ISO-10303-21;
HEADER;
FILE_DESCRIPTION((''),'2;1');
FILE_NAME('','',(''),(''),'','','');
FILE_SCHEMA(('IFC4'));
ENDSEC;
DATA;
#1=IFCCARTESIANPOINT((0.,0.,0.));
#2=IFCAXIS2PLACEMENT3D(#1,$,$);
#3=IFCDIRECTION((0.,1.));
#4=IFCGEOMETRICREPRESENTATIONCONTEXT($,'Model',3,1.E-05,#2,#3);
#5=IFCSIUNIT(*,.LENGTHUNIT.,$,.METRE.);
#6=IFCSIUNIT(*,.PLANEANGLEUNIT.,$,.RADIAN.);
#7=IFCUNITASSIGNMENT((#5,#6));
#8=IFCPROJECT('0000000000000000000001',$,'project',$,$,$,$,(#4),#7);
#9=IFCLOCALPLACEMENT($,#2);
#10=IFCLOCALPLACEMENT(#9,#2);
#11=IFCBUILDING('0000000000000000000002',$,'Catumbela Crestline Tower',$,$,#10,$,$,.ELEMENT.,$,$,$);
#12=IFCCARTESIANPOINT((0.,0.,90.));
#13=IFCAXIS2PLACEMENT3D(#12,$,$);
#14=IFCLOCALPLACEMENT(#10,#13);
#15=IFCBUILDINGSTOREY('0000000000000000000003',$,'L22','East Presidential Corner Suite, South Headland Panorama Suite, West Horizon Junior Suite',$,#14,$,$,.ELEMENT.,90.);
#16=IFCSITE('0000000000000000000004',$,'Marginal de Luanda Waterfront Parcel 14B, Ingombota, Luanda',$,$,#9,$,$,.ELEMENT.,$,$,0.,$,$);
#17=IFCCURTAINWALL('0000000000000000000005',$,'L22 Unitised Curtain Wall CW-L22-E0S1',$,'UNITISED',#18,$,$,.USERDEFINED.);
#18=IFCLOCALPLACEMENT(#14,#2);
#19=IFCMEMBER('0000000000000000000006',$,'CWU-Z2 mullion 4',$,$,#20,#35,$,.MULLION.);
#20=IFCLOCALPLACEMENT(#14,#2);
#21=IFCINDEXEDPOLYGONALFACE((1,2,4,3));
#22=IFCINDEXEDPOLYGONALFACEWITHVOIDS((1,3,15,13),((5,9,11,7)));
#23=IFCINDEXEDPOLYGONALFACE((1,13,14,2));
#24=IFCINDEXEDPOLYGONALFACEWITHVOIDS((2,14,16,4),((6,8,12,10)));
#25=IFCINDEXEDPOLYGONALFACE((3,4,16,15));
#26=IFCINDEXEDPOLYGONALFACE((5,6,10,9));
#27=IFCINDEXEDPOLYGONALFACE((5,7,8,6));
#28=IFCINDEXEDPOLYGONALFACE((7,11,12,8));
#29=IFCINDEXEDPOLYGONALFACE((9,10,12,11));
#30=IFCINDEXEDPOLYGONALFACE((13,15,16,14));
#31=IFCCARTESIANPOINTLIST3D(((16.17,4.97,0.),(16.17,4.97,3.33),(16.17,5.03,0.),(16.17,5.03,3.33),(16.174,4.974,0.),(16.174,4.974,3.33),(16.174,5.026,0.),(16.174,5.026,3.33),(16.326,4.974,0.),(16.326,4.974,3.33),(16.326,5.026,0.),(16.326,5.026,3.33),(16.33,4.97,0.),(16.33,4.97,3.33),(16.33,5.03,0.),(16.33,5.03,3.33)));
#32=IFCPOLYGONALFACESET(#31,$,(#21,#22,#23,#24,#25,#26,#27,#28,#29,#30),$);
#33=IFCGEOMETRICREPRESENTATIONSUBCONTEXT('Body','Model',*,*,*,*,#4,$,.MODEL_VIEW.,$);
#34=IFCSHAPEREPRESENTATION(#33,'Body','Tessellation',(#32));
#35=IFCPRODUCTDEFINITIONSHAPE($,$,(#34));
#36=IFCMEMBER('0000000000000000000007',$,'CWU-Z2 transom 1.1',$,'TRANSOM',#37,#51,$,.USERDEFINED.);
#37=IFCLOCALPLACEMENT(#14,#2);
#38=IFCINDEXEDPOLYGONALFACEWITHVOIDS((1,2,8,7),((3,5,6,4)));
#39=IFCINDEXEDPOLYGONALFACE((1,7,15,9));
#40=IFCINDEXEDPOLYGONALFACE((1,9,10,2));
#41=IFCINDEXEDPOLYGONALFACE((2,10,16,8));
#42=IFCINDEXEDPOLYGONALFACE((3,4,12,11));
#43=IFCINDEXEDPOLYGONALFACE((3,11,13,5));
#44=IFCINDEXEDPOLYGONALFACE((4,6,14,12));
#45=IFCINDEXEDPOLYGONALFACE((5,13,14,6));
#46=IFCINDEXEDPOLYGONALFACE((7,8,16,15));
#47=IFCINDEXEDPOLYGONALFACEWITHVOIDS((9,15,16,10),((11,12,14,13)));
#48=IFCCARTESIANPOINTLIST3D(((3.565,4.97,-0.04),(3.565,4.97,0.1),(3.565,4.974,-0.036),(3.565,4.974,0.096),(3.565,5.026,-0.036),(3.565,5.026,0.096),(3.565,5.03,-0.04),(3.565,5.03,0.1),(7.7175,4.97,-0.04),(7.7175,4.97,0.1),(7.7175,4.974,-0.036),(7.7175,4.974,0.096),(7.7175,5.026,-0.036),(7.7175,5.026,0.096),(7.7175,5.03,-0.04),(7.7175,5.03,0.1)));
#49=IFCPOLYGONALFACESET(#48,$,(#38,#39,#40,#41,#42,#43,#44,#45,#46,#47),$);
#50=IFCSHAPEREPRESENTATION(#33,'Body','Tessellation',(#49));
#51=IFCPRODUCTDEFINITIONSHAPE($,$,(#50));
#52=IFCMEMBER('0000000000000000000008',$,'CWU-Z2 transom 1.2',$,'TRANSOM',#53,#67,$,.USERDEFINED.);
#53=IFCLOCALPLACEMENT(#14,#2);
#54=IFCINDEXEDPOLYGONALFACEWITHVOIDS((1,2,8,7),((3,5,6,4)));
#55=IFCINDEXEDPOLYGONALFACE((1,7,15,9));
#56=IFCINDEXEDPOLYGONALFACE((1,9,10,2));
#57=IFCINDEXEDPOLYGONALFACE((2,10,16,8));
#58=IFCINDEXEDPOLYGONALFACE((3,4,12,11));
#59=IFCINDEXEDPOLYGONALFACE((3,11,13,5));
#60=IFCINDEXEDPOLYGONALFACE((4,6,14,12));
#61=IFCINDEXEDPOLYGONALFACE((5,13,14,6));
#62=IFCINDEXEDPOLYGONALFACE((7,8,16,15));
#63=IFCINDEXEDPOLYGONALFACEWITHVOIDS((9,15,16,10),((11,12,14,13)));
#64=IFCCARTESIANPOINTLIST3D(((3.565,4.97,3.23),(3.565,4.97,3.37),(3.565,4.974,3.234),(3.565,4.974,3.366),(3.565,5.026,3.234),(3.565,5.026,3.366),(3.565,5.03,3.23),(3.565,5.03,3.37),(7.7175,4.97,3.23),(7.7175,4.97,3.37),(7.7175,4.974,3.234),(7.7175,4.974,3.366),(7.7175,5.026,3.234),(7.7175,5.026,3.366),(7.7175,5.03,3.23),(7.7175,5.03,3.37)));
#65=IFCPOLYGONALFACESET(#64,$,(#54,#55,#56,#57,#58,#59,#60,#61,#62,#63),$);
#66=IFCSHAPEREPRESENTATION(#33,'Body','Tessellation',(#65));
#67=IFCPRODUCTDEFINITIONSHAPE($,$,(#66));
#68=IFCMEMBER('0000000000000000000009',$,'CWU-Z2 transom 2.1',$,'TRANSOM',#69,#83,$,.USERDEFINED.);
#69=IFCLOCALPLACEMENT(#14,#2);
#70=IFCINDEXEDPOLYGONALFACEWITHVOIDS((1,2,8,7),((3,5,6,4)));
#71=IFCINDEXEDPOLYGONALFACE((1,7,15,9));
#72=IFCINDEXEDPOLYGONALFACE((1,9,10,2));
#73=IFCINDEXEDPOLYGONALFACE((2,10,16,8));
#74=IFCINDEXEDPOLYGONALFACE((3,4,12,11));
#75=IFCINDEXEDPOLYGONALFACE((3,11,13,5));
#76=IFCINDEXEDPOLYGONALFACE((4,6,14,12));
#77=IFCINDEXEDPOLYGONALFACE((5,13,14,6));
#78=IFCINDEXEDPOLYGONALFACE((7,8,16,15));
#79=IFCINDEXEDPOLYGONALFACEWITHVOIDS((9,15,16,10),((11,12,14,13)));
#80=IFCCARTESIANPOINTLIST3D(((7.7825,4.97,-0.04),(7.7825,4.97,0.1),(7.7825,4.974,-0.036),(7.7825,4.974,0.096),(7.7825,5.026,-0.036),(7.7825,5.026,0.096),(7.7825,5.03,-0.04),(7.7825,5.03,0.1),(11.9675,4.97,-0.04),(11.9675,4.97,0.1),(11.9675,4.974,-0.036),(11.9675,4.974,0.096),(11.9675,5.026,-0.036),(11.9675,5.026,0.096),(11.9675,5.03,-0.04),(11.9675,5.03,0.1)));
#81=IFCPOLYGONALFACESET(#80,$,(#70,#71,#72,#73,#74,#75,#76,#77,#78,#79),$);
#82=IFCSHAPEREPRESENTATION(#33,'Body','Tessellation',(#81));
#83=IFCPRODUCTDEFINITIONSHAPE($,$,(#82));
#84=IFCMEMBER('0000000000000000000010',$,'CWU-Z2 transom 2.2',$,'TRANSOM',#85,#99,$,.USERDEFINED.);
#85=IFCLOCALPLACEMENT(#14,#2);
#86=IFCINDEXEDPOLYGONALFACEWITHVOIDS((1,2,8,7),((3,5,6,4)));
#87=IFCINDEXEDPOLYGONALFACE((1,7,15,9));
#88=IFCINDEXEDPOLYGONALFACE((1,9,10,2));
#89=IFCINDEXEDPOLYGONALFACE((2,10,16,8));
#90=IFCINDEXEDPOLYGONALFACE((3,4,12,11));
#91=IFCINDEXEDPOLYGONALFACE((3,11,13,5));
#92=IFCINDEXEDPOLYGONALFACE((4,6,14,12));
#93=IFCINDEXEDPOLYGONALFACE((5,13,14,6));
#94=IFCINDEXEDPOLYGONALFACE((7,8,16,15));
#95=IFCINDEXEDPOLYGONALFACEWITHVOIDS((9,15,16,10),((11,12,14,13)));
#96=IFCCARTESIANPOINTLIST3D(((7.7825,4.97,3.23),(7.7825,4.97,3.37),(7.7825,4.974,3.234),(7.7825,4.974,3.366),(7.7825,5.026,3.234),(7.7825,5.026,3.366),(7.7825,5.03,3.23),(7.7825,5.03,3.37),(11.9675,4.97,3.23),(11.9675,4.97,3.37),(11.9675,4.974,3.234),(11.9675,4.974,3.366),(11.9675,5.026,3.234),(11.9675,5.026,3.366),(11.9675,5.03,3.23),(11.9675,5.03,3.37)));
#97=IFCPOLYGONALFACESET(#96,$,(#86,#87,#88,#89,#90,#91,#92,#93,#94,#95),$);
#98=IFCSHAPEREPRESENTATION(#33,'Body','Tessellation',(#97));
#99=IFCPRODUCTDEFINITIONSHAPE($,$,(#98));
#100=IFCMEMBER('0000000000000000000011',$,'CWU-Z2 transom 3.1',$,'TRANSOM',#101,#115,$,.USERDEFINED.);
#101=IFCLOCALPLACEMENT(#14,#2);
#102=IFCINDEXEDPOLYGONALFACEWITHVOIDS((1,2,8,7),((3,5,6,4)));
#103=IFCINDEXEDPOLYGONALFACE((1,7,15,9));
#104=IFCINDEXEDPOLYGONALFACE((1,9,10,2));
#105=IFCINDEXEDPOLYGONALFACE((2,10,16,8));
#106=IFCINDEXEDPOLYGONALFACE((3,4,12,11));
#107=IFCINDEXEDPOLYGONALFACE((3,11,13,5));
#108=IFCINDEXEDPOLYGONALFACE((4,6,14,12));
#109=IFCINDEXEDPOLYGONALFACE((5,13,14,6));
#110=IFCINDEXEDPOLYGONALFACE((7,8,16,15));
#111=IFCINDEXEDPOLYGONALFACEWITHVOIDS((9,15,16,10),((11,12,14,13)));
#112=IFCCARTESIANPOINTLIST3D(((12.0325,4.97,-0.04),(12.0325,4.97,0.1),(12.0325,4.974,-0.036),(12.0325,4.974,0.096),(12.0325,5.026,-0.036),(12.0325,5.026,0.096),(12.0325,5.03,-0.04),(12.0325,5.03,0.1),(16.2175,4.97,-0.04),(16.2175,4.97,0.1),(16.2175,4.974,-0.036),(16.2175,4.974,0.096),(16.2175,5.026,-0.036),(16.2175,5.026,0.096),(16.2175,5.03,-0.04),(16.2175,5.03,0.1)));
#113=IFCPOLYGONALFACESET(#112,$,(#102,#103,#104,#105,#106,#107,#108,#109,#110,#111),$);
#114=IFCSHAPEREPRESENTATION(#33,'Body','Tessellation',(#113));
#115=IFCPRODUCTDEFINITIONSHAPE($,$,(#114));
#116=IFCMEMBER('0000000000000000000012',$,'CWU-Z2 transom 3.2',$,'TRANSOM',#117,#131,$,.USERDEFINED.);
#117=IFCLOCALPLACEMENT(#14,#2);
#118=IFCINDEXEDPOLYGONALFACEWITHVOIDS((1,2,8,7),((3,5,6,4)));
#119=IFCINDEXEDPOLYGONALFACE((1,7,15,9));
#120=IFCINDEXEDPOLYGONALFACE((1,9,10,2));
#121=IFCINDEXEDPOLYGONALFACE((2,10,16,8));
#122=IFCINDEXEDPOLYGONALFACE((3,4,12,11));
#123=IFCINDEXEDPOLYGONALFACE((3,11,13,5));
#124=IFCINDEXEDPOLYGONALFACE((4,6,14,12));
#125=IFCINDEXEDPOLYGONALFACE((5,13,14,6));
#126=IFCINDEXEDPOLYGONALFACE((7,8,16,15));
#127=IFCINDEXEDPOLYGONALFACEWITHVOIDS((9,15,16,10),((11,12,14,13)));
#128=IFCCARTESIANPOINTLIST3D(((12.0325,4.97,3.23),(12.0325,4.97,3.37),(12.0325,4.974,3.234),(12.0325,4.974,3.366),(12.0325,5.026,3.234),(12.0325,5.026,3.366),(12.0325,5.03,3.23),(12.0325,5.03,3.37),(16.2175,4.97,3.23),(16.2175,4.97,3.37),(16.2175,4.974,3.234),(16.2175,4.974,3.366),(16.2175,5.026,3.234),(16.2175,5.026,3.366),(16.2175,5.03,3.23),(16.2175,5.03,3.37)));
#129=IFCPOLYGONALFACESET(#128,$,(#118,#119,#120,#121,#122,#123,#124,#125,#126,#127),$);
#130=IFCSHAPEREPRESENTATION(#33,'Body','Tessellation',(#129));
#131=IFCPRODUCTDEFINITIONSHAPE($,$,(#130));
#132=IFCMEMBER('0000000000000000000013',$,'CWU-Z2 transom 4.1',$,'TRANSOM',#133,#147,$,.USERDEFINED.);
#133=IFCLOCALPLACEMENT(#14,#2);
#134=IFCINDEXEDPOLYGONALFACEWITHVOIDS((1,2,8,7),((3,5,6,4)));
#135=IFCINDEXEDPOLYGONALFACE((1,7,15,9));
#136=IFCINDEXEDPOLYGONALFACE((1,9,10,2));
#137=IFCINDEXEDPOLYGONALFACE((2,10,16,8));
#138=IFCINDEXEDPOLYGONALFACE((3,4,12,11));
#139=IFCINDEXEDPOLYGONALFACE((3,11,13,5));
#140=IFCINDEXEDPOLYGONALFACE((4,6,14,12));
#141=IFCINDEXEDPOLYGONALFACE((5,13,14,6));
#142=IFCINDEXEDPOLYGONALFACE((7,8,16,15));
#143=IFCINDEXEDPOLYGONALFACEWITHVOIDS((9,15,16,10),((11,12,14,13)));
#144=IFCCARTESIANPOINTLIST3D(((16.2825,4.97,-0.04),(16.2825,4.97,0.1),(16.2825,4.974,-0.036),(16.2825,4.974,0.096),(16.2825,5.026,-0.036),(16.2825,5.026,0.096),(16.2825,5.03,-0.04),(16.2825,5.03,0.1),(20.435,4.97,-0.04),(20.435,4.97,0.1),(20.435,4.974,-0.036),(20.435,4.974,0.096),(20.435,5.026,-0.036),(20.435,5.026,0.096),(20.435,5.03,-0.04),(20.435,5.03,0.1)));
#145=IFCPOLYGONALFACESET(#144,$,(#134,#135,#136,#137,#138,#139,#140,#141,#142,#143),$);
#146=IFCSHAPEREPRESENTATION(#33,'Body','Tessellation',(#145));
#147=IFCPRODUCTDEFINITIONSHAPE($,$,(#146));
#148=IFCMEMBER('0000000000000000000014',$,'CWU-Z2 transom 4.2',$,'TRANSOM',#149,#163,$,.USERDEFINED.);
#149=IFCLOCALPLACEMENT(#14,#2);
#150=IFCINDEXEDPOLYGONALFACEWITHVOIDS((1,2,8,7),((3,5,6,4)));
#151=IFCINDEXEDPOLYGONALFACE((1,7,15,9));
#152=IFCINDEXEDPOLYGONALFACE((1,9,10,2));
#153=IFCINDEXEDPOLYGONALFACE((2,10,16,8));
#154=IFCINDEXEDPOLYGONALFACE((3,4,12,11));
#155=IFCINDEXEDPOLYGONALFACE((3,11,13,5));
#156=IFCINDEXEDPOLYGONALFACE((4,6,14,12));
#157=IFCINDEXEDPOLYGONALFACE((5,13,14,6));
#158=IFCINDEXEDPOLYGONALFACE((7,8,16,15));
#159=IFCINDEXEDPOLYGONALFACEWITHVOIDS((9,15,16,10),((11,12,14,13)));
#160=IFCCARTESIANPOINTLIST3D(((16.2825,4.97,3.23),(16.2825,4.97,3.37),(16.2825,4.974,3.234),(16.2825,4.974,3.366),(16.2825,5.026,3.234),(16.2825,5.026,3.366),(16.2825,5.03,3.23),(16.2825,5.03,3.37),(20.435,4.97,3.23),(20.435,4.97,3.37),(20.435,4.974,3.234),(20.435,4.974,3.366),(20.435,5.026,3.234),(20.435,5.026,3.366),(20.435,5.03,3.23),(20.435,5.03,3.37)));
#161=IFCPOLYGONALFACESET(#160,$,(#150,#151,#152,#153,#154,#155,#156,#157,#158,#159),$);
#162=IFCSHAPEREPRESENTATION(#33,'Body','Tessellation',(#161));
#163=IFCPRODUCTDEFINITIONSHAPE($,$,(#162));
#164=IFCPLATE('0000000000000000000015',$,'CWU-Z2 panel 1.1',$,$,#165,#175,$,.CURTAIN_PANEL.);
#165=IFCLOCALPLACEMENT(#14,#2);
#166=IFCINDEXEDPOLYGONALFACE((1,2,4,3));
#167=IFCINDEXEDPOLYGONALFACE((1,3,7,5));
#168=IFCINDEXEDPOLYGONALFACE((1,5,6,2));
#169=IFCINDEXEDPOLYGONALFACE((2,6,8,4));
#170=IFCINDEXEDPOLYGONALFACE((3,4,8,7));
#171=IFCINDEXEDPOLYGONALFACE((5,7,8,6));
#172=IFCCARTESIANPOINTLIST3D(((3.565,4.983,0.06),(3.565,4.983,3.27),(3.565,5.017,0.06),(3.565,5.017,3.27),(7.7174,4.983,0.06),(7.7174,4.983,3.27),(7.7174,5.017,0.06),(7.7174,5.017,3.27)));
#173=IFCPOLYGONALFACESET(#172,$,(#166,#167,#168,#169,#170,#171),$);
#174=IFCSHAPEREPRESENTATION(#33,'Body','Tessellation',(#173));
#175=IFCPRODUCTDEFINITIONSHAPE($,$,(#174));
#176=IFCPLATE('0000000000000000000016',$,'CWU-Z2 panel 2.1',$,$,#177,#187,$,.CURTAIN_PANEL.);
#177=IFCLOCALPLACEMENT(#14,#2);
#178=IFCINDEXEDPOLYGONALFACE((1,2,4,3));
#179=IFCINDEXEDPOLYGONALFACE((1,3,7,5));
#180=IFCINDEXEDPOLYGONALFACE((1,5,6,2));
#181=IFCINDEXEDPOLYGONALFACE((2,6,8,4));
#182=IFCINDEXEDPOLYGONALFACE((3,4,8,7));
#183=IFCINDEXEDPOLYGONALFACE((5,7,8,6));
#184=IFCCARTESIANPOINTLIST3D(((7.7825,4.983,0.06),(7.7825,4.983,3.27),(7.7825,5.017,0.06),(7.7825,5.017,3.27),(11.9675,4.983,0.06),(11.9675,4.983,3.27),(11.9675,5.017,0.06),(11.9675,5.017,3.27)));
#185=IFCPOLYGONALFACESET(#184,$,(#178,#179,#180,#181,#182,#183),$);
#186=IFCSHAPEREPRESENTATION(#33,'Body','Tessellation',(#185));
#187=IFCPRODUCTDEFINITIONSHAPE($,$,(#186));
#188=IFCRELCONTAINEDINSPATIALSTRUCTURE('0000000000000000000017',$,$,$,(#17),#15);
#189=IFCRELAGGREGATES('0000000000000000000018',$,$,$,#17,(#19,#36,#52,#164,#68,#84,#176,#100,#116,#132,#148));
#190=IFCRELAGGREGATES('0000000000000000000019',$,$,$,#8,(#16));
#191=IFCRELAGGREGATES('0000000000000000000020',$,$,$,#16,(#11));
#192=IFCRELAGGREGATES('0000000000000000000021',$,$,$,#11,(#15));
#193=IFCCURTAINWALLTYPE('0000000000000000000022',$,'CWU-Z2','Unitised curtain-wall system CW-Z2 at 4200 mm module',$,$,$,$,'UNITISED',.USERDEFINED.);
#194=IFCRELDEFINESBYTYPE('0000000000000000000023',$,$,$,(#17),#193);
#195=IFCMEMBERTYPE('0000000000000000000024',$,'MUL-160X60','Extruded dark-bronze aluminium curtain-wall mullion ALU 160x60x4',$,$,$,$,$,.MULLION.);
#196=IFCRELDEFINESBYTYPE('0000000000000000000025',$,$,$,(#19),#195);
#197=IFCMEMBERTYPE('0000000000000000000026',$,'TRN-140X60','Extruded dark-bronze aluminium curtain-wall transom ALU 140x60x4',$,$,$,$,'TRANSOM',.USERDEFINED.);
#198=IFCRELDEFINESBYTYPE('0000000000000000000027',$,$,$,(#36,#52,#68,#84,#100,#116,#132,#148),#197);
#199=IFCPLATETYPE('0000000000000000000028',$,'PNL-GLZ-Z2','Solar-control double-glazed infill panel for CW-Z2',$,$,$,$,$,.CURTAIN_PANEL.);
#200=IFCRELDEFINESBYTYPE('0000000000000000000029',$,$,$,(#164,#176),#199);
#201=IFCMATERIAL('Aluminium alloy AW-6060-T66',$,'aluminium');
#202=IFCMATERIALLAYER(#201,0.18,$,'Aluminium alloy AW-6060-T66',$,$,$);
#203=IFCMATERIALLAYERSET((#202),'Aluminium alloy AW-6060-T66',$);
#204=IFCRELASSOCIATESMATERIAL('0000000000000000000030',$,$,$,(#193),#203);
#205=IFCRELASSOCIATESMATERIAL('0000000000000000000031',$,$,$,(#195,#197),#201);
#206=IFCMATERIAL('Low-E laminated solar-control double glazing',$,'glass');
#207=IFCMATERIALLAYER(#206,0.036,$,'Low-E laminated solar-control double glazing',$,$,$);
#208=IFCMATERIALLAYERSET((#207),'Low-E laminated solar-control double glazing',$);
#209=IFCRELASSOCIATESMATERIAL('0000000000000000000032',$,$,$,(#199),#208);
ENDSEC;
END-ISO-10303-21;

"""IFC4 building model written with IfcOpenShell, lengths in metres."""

from ifc_helpers import new_model, si_unit, direction, frame, origin, origin_2d, place, context, subcontext, project, spatial, rectangle, hollow_rectangle, extrude, material, layer, layer_set, material_profile, profile_set, type_object, element, aggregate, save


model = new_model("IFC4")

# Units and contexts
model_context = context("Model", 3, precision=1e-05, world=origin(), true_north=direction((0.0, 1.0)))
body_context = subcontext(model_context, "Body", "Model", "MODEL_VIEW")
ifc_project = project(units=[si_unit("LENGTHUNIT", "METRE"), si_unit("PLANEANGLEUNIT", "RADIAN")], contexts=[model_context])

# Site, building, storey
site_placement = place(None, origin())
site = spatial("IfcSite", under=ifc_project, at=site_placement, Name="Marginal de Luanda Waterfront Parcel 14B, Ingombota, Luanda", CompositionType="ELEMENT", RefElevation=0.0)
building_placement = place(site_placement, origin())
building = spatial("IfcBuilding", under=site, at=building_placement, Name="Catumbela Crestline Tower", CompositionType="ELEMENT")
storey_placement = place(building_placement, frame((0.0, 0.0, 90.0)))
storey = spatial("IfcBuildingStorey", under=building, at=storey_placement, Name="L22", Description="East Presidential Corner Suite, South Headland Panorama Suite, West Horizon Junior Suite", CompositionType="ELEMENT", Elevation=90.0)

# Curtain wall, members, plates
ifc_material_1 = material(Name="Aluminium alloy AW-6060-T66", Category="aluminium")
ifc_layer_1 = layer(ifc_material_1, 0.18, Name="Aluminium alloy AW-6060-T66")
ifc_layer_set_1 = layer_set([ifc_layer_1], Name="Aluminium alloy AW-6060-T66")
curtain_wall_type = type_object("IfcCurtainWallType", Name="CWU-Z2", Description="Unitised curtain-wall system CW-Z2 at 4200 mm module", ElementType="UNITISED", PredefinedType="USERDEFINED", material=ifc_layer_set_1)
curtain_wall_placement = place(storey_placement, origin())
curtain_wall = element("IfcCurtainWall", 1, at=curtain_wall_placement, inside=storey, type_object=curtain_wall_type, Name="L22 Unitised Curtain Wall CW-L22-E0S1", ObjectType="UNITISED", PredefinedType="USERDEFINED")
ifc_material_profile_1 = material_profile(ifc_material_1, hollow_rectangle(XDim=0.06, YDim=0.16, WallThickness=0.004, at=origin_2d()), Name="ALU 160x60x4")
ifc_profile_set_1 = profile_set([ifc_material_profile_1], Name="Aluminium alloy AW-6060-T66")
member_type_1 = type_object("IfcMemberType", Name="MUL-160X60", Description="Extruded dark-bronze aluminium curtain-wall mullion ALU 160x60x4", PredefinedType="MULLION", material=ifc_profile_set_1)
member_1_placement = place(storey_placement, frame((16.25, 5.0, 0.0), z_axis=(0.0, 0.0, 1.0), x_axis=(0.0, 1.0, 0.0)))
member_1 = element("IfcMember", 2, at=member_1_placement, type_object=member_type_1, Name="CWU-Z2 mullion 4", PredefinedType="MULLION", context=body_context, shape_type="SweptSolid", body=[
    extrude(hollow_rectangle(XDim=0.06, YDim=0.16, WallThickness=0.004, at=origin_2d()), origin(), (0.0, 0.0, 1.0), 3.33),
])
ifc_material_profile_2 = material_profile(ifc_material_1, hollow_rectangle(XDim=0.06, YDim=0.14, WallThickness=0.004, at=origin_2d()), Name="ALU 140x60x4")
ifc_profile_set_2 = profile_set([ifc_material_profile_2], Name="Aluminium alloy AW-6060-T66")
member_type_2 = type_object("IfcMemberType", Name="TRN-140X60", Description="Extruded dark-bronze aluminium curtain-wall transom ALU 140x60x4", ElementType="TRANSOM", PredefinedType="USERDEFINED", material=ifc_profile_set_2)
member_2_placement = place(storey_placement, frame((3.565, 5.0, 0.03), z_axis=(1.0, 0.0, 0.0), x_axis=(0.0, 1.0, 0.0)))
member_2 = element("IfcMember", 3, at=member_2_placement, type_object=member_type_2, Name="CWU-Z2 transom 1.1", ObjectType="TRANSOM", PredefinedType="USERDEFINED", context=body_context, shape_type="SweptSolid", body=[
    extrude(hollow_rectangle(XDim=0.06, YDim=0.14, WallThickness=0.004, at=origin_2d()), origin(), (0.0, 0.0, 1.0), 4.1525),
])
member_3_placement = place(storey_placement, frame((3.565, 5.0, 3.3), z_axis=(1.0, 0.0, 0.0), x_axis=(0.0, 1.0, 0.0)))
member_3 = element("IfcMember", 4, at=member_3_placement, type_object=member_type_2, Name="CWU-Z2 transom 1.2", ObjectType="TRANSOM", PredefinedType="USERDEFINED", context=body_context, shape_type="SweptSolid", body=[
    extrude(hollow_rectangle(XDim=0.06, YDim=0.14, WallThickness=0.004, at=origin_2d()), origin(), (0.0, 0.0, 1.0), 4.1525),
])
member_4_placement = place(storey_placement, frame((7.7825, 5.0, 0.03), z_axis=(1.0, 0.0, 0.0), x_axis=(0.0, 1.0, 0.0)))
member_4 = element("IfcMember", 5, at=member_4_placement, type_object=member_type_2, Name="CWU-Z2 transom 2.1", ObjectType="TRANSOM", PredefinedType="USERDEFINED", context=body_context, shape_type="SweptSolid", body=[
    extrude(hollow_rectangle(XDim=0.06, YDim=0.14, WallThickness=0.004, at=origin_2d()), origin(), (0.0, 0.0, 1.0), 4.185),
])
member_5_placement = place(storey_placement, frame((7.7825, 5.0, 3.3), z_axis=(1.0, 0.0, 0.0), x_axis=(0.0, 1.0, 0.0)))
member_5 = element("IfcMember", 6, at=member_5_placement, type_object=member_type_2, Name="CWU-Z2 transom 2.2", ObjectType="TRANSOM", PredefinedType="USERDEFINED", context=body_context, shape_type="SweptSolid", body=[
    extrude(hollow_rectangle(XDim=0.06, YDim=0.14, WallThickness=0.004, at=origin_2d()), origin(), (0.0, 0.0, 1.0), 4.185),
])
member_6_placement = place(storey_placement, frame((12.0325, 5.0, 0.03), z_axis=(1.0, 0.0, 0.0), x_axis=(0.0, 1.0, 0.0)))
member_6 = element("IfcMember", 7, at=member_6_placement, type_object=member_type_2, Name="CWU-Z2 transom 3.1", ObjectType="TRANSOM", PredefinedType="USERDEFINED", context=body_context, shape_type="SweptSolid", body=[
    extrude(hollow_rectangle(XDim=0.06, YDim=0.14, WallThickness=0.004, at=origin_2d()), origin(), (0.0, 0.0, 1.0), 4.185),
])
member_7_placement = place(storey_placement, frame((12.0325, 5.0, 3.3), z_axis=(1.0, 0.0, 0.0), x_axis=(0.0, 1.0, 0.0)))
member_7 = element("IfcMember", 8, at=member_7_placement, type_object=member_type_2, Name="CWU-Z2 transom 3.2", ObjectType="TRANSOM", PredefinedType="USERDEFINED", context=body_context, shape_type="SweptSolid", body=[
    extrude(hollow_rectangle(XDim=0.06, YDim=0.14, WallThickness=0.004, at=origin_2d()), origin(), (0.0, 0.0, 1.0), 4.185),
])
member_8_placement = place(storey_placement, frame((16.2825, 5.0, 0.03), z_axis=(1.0, 0.0, 0.0), x_axis=(0.0, 1.0, 0.0)))
member_8 = element("IfcMember", 9, at=member_8_placement, type_object=member_type_2, Name="CWU-Z2 transom 4.1", ObjectType="TRANSOM", PredefinedType="USERDEFINED", context=body_context, shape_type="SweptSolid", body=[
    extrude(hollow_rectangle(XDim=0.06, YDim=0.14, WallThickness=0.004, at=origin_2d()), origin(), (0.0, 0.0, 1.0), 4.1525),
])
member_9_placement = place(storey_placement, frame((16.2825, 5.0, 3.3), z_axis=(1.0, 0.0, 0.0), x_axis=(0.0, 1.0, 0.0)))
member_9 = element("IfcMember", 10, at=member_9_placement, type_object=member_type_2, Name="CWU-Z2 transom 4.2", ObjectType="TRANSOM", PredefinedType="USERDEFINED", context=body_context, shape_type="SweptSolid", body=[
    extrude(hollow_rectangle(XDim=0.06, YDim=0.14, WallThickness=0.004, at=origin_2d()), origin(), (0.0, 0.0, 1.0), 4.1525),
])
ifc_material_2 = material(Name="Low-E laminated solar-control double glazing", Category="glass")
ifc_layer_2 = layer(ifc_material_2, 0.036, Name="Low-E laminated solar-control double glazing")
ifc_layer_set_2 = layer_set([ifc_layer_2], Name="Low-E laminated solar-control double glazing")
plate_type = type_object("IfcPlateType", Name="PNL-GLZ-Z2", Description="Solar-control double-glazed infill panel for CW-Z2", PredefinedType="CURTAIN_PANEL", material=ifc_layer_set_2)
plate_1_placement = place(storey_placement, frame((5.6412, 5.0, 0.06), z_axis=(0.0, 0.0, 1.0), x_axis=(1.0, 0.0, 0.0)))
plate_1 = element("IfcPlate", 11, at=plate_1_placement, type_object=plate_type, Name="CWU-Z2 panel 1.1", PredefinedType="CURTAIN_PANEL", context=body_context, shape_type="SweptSolid", body=[
    extrude(rectangle(XDim=4.1525, YDim=0.034, at=origin_2d()), origin(), (0.0, 0.0, 1.0), 3.21),
])
plate_2_placement = place(storey_placement, frame((9.875, 5.0, 0.06), z_axis=(0.0, 0.0, 1.0), x_axis=(1.0, 0.0, 0.0)))
plate_2 = element("IfcPlate", 12, at=plate_2_placement, type_object=plate_type, Name="CWU-Z2 panel 2.1", PredefinedType="CURTAIN_PANEL", context=body_context, shape_type="SweptSolid", body=[
    extrude(rectangle(XDim=4.185, YDim=0.034, at=origin_2d()), origin(), (0.0, 0.0, 1.0), 3.21),
])
aggregate(curtain_wall, [member_1, member_2, member_3, plate_1, member_4, member_5, plate_2, member_6, member_7, member_8, member_9])

save(model, "model.ifc")
